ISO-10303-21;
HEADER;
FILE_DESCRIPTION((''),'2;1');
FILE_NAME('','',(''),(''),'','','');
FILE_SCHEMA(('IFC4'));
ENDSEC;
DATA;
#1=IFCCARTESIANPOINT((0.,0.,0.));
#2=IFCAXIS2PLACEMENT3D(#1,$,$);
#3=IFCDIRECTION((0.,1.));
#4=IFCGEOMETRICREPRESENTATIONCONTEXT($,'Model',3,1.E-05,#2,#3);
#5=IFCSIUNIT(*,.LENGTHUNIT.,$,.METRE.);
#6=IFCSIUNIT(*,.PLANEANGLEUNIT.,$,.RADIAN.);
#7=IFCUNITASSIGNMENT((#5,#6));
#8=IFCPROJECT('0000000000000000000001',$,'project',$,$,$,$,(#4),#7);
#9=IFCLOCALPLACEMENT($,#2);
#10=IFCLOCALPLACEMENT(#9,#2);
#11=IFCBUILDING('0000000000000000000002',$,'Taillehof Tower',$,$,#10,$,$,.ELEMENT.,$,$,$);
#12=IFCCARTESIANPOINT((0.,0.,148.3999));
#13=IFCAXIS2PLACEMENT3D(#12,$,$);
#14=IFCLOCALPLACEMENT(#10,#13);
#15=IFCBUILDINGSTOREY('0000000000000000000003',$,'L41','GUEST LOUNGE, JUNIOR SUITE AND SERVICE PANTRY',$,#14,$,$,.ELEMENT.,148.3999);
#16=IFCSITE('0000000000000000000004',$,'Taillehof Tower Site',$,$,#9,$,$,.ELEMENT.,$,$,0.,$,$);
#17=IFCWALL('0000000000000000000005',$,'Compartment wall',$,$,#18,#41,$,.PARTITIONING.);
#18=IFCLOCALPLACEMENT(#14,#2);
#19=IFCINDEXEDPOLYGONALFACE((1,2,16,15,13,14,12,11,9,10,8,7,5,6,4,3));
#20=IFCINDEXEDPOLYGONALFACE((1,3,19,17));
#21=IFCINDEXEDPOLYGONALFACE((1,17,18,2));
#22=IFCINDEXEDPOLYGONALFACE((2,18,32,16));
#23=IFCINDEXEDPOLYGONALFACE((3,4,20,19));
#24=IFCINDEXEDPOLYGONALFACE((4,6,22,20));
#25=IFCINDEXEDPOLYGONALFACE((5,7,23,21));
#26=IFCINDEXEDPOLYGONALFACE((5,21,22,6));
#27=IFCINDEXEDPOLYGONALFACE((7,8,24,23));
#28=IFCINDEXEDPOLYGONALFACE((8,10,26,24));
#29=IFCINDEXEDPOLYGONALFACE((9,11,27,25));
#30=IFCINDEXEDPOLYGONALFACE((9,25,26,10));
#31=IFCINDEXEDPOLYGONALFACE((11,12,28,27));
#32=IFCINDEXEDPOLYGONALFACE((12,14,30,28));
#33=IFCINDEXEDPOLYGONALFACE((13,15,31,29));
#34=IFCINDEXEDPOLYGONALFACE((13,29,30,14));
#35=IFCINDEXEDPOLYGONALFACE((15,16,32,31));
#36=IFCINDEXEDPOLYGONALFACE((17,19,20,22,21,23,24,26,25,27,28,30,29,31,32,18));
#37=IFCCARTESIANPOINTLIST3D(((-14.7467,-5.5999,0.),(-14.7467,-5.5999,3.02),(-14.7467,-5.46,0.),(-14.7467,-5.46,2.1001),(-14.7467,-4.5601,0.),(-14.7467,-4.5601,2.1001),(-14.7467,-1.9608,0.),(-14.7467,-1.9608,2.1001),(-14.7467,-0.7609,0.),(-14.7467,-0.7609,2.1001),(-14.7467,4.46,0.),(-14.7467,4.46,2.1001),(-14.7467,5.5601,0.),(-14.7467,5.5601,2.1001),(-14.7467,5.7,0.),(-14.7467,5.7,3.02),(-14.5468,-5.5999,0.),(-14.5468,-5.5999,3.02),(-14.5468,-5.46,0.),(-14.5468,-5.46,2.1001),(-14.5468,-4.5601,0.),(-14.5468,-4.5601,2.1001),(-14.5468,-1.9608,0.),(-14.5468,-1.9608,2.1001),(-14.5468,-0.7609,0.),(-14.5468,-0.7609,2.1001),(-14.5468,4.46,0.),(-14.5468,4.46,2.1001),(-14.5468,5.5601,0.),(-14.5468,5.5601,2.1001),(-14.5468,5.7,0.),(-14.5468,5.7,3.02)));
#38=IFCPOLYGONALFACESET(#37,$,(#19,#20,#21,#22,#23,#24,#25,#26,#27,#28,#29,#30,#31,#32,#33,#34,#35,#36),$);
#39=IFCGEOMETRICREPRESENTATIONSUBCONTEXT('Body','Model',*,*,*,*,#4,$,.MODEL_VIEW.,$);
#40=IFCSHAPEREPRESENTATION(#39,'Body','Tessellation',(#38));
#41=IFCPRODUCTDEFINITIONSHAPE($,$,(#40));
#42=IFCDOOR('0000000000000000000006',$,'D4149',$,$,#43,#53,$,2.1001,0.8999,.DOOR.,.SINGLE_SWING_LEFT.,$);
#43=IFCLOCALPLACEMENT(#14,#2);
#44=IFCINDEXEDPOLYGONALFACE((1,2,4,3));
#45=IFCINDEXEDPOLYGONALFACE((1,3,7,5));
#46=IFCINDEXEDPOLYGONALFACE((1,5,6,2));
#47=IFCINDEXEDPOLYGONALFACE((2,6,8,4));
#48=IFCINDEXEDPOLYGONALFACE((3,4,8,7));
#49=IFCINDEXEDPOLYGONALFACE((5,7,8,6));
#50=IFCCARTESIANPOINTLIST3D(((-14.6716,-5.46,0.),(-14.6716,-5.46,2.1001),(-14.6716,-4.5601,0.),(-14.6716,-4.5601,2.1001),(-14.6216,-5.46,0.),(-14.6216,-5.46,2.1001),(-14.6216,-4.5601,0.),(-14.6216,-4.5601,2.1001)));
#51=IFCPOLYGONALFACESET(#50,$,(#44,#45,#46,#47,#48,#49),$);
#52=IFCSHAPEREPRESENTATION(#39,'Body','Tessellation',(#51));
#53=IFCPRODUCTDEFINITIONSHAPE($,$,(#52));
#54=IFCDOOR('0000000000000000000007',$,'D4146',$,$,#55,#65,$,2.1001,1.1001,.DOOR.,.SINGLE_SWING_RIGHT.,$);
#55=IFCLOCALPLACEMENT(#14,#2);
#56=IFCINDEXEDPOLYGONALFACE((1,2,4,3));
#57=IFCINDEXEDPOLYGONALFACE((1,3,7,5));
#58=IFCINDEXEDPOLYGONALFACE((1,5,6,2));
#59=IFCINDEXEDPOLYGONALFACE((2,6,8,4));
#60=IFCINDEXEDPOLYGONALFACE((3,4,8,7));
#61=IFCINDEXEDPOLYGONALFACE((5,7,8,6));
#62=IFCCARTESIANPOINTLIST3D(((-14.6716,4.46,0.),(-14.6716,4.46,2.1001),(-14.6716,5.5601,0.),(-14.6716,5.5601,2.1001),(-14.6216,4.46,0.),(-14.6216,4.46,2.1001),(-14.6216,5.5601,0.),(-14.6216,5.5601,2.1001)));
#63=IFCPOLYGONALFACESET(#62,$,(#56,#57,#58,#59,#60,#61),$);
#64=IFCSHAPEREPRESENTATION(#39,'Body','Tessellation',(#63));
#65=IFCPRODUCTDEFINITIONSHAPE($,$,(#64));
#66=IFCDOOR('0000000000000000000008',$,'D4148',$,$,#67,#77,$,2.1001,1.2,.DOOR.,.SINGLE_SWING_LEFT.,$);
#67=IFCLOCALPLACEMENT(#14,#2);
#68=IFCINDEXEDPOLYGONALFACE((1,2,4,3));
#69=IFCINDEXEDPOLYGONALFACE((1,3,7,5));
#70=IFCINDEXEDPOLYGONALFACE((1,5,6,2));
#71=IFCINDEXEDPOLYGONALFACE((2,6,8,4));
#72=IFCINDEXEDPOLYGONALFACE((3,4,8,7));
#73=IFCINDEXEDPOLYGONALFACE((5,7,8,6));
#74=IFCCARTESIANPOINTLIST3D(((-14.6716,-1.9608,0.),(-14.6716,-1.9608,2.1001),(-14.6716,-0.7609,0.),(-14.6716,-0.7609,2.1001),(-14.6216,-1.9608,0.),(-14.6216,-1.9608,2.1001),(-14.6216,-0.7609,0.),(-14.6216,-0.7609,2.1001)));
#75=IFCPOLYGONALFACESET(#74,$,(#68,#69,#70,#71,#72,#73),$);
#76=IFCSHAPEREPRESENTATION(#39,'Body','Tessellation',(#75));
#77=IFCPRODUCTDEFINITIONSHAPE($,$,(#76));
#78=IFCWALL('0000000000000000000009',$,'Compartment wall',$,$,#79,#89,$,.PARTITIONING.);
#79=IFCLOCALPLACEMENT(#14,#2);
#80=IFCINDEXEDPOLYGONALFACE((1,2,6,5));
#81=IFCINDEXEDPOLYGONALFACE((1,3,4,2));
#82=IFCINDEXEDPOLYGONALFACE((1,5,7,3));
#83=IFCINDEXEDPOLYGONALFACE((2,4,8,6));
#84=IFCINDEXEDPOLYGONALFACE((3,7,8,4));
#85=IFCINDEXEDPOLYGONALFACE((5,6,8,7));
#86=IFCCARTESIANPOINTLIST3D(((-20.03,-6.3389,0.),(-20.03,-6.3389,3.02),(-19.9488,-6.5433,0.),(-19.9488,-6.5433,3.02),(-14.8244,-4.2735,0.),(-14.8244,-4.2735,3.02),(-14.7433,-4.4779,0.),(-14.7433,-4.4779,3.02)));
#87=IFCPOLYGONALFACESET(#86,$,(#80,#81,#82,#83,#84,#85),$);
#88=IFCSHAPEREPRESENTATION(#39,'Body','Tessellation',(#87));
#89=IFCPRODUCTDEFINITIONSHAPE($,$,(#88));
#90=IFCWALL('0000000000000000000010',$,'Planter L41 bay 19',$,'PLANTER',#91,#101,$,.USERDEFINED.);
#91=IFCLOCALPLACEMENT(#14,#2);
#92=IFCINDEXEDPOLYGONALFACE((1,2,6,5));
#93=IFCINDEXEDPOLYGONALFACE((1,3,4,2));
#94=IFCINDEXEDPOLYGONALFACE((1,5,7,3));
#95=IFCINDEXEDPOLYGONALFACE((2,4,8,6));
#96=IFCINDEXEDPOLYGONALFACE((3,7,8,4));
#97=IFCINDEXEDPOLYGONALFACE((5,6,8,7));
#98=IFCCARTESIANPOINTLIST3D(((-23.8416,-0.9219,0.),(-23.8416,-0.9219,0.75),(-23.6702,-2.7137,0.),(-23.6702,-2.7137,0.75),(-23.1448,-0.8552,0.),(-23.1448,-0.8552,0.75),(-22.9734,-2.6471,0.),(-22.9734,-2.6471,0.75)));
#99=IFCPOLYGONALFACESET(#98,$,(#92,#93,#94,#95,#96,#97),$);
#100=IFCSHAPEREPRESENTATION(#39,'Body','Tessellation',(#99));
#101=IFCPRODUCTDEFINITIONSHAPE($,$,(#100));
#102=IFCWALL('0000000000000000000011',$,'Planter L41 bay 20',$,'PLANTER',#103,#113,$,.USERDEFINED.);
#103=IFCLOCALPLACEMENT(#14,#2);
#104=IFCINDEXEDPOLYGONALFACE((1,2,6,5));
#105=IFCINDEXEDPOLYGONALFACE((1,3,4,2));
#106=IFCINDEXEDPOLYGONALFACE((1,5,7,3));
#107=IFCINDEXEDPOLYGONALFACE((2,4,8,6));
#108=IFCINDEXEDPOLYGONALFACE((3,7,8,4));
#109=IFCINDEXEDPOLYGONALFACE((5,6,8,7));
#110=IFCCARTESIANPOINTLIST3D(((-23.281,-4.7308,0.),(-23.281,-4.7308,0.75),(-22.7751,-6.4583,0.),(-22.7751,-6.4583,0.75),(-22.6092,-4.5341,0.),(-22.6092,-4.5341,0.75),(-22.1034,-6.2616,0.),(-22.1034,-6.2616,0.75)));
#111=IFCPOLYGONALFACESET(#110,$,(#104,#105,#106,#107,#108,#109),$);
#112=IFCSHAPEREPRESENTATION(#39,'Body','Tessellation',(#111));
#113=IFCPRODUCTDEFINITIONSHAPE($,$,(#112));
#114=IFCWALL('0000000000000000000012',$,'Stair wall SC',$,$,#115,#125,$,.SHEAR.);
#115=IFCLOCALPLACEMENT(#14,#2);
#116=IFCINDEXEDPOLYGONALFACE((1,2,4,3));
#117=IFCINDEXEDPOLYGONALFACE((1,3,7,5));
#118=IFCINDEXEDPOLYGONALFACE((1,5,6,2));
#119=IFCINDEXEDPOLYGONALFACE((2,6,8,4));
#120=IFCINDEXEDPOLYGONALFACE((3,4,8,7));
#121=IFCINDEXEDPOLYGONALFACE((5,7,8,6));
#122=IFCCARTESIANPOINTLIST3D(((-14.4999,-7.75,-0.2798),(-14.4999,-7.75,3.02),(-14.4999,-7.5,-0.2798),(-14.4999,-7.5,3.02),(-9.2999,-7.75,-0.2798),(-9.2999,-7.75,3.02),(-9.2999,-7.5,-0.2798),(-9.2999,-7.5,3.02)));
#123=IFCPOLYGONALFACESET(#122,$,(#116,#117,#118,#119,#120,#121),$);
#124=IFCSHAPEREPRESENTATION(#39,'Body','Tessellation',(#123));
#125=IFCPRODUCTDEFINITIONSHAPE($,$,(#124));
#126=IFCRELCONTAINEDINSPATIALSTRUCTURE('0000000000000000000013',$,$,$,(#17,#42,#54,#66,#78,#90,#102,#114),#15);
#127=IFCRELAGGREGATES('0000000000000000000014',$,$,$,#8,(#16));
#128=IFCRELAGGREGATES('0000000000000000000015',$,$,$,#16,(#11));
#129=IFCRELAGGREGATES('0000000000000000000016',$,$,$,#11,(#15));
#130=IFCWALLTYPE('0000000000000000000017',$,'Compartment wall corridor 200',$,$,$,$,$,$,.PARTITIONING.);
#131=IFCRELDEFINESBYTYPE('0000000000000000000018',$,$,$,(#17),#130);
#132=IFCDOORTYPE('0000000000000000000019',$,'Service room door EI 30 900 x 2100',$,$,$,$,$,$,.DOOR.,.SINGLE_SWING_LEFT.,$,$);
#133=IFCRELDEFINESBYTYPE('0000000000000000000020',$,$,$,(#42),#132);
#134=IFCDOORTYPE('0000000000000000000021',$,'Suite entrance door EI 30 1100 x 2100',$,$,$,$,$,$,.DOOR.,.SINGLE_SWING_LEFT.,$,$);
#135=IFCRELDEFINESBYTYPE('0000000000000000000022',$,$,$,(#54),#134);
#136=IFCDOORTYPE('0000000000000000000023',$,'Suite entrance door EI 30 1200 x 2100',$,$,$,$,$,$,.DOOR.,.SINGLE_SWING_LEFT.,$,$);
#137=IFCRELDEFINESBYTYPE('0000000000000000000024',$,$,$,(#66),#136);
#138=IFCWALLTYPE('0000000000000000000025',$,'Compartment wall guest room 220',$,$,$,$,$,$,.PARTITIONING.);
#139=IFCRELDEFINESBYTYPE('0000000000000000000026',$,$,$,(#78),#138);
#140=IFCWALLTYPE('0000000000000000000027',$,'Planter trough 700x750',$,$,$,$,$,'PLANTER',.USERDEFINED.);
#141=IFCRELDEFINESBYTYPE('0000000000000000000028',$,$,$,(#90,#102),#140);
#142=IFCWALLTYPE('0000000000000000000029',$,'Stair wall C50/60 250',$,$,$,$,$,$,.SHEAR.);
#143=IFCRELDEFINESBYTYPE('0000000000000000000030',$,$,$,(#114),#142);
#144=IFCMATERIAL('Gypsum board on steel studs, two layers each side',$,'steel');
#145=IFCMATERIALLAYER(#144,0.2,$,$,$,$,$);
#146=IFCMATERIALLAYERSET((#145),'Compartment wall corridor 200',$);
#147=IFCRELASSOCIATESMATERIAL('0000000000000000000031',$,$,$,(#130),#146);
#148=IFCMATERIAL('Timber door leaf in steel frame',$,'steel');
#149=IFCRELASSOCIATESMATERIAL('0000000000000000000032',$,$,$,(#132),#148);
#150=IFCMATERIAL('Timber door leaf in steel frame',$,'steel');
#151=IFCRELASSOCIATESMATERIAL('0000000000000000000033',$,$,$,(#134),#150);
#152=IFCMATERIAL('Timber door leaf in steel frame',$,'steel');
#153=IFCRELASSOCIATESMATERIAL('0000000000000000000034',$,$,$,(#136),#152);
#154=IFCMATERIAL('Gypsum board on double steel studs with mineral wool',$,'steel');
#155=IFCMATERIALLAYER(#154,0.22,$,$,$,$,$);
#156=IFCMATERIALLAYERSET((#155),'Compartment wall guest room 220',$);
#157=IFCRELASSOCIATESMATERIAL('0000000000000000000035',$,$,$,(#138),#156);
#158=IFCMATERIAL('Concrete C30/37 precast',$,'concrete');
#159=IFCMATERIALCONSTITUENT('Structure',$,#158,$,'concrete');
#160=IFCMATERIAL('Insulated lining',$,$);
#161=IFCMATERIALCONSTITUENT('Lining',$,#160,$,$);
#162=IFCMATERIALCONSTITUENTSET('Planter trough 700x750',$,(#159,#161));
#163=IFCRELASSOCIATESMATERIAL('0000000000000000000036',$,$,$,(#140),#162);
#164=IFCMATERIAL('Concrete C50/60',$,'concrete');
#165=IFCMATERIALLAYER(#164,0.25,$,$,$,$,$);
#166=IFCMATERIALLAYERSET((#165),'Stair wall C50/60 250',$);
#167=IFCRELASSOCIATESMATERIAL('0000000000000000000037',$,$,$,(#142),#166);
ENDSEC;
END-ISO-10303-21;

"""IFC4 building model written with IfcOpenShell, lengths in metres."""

from ifc_helpers import new_model, si_unit, direction, frame, frame_2d, origin, place, context, subcontext, project, spatial, rectangle, extrude, material, layer, layer_set, constituent, constituent_set, type_object, element, fill, save


model = new_model("IFC4")

# Units and contexts
model_context = context("Model", 3, precision=1e-05, world=origin(), true_north=direction((0.0, 1.0)))
body_context = subcontext(model_context, "Body", "Model", "MODEL_VIEW")
ifc_project = project(units=[si_unit("LENGTHUNIT", "METRE"), si_unit("PLANEANGLEUNIT", "RADIAN")], contexts=[model_context])

# Site, building, storey
site_placement = place(None, origin())
site = spatial("IfcSite", under=ifc_project, at=site_placement, Name="Taillehof Tower Site", CompositionType="ELEMENT", RefElevation=0.0)
building_placement = place(site_placement, origin())
building = spatial("IfcBuilding", under=site, at=building_placement, Name="Taillehof Tower", CompositionType="ELEMENT")
storey_placement = place(building_placement, frame((0.0, 0.0, 148.3999)))
storey = spatial("IfcBuildingStorey", under=building, at=storey_placement, Name="L41", Description="GUEST LOUNGE, JUNIOR SUITE AND SERVICE PANTRY", CompositionType="ELEMENT", Elevation=148.3999)

# Shared definitions
ifc_material_1 = material(Name="Gypsum board on steel studs, two layers each side", Category="steel")
ifc_layer_1 = layer(ifc_material_1, 0.2)
ifc_layer_set_1 = layer_set([ifc_layer_1], Name="Compartment wall corridor 200")
wall_type_1 = type_object("IfcWallType", Name="Compartment wall corridor 200", PredefinedType="PARTITIONING", material=ifc_layer_set_1)

# Wall, openings, doors
wall_1_placement = place(storey_placement, frame((-14.6467, -5.5999, 0.0), z_axis=(0.0, 0.0, 1.0), x_axis=(0.0, 1.0, 0.0)))
wall_1 = element("IfcWall", 1, at=wall_1_placement, inside=storey, type_object=wall_type_1, Name="Compartment wall", PredefinedType="PARTITIONING", context=body_context, shape_type="SweptSolid", body=[
    extrude(rectangle(XDim=11.2998, YDim=0.2, at=frame_2d((5.6499, 0.0))), origin(), (0.0, 0.0, 1.0), 3.02),
])
opening_1_placement = place(wall_1_placement, frame((10.0598, 0.0, 0.0)))
opening_1 = element("IfcOpeningElement", 2, at=opening_1_placement, cuts=wall_1, PredefinedType="OPENING", context=body_context, shape_type="SweptSolid", body=[
    extrude(rectangle(XDim=1.1001, YDim=2.1001, at=frame_2d((0.55, 1.05))), frame((0.0, 0.1099, 0.0), z_axis=(0.0, -1.0, 0.0), x_axis=(1.0, 0.0, 0.0)), (0.0, 0.0, 1.0), 0.22),
])
opening_2_placement = place(wall_1_placement, frame((3.6389, 0.0, 0.0)))
opening_2 = element("IfcOpeningElement", 3, at=opening_2_placement, cuts=wall_1, PredefinedType="OPENING", context=body_context, shape_type="SweptSolid", body=[
    extrude(rectangle(XDim=1.2, YDim=2.1001, at=frame_2d((0.6001, 1.05))), frame((0.0, 0.1099, 0.0), z_axis=(0.0, -1.0, 0.0), x_axis=(1.0, 0.0, 0.0)), (0.0, 0.0, 1.0), 0.22),
])
opening_3_placement = place(wall_1_placement, frame((0.1399, 0.0, 0.0)))
opening_3 = element("IfcOpeningElement", 4, at=opening_3_placement, cuts=wall_1, PredefinedType="OPENING", context=body_context, shape_type="SweptSolid", body=[
    extrude(rectangle(XDim=0.8999, YDim=2.1001, at=frame_2d((0.45, 1.05))), frame((0.0, 0.1099, 0.0), z_axis=(0.0, -1.0, 0.0), x_axis=(1.0, 0.0, 0.0)), (0.0, 0.0, 1.0), 0.22),
])
ifc_material_2 = material(Name="Timber door leaf in steel frame", Category="steel")
door_type_1 = type_object("IfcDoorType", Name="Service room door EI 30 900 x 2100", OperationType="SINGLE_SWING_LEFT", PredefinedType="DOOR", material=ifc_material_2)
door_1_placement = place(opening_3_placement, origin())
door_1 = element("IfcDoor", 5, at=door_1_placement, inside=storey, type_object=door_type_1, Name="D4149", OperationType="SINGLE_SWING_LEFT", OverallHeight=2.1001, OverallWidth=0.8999, PredefinedType="DOOR", context=body_context, shape_type="SweptSolid", body=[
    extrude(rectangle(XDim=0.8999, YDim=2.1001, at=frame_2d((0.45, 1.05))), frame((0.0, 0.0249, 0.0), z_axis=(0.0, -1.0, 0.0), x_axis=(1.0, 0.0, 0.0)), (0.0, 0.0, 1.0), 0.05),
])
fill(opening_3, door_1)
ifc_material_3 = material(Name="Timber door leaf in steel frame", Category="steel")
door_type_2 = type_object("IfcDoorType", Name="Suite entrance door EI 30 1100 x 2100", OperationType="SINGLE_SWING_LEFT", PredefinedType="DOOR", material=ifc_material_3)
door_2_placement = place(opening_1_placement, origin())
door_2 = element("IfcDoor", 6, at=door_2_placement, inside=storey, type_object=door_type_2, Name="D4146", OperationType="SINGLE_SWING_RIGHT", OverallHeight=2.1001, OverallWidth=1.1001, PredefinedType="DOOR", context=body_context, shape_type="SweptSolid", body=[
    extrude(rectangle(XDim=1.1001, YDim=2.1001, at=frame_2d((0.55, 1.05))), frame((0.0, 0.0249, 0.0), z_axis=(0.0, -1.0, 0.0), x_axis=(1.0, 0.0, 0.0)), (0.0, 0.0, 1.0), 0.05),
])
fill(opening_1, door_2)
ifc_material_4 = material(Name="Timber door leaf in steel frame", Category="steel")
door_type_3 = type_object("IfcDoorType", Name="Suite entrance door EI 30 1200 x 2100", OperationType="SINGLE_SWING_LEFT", PredefinedType="DOOR", material=ifc_material_4)
door_3_placement = place(opening_2_placement, origin())
door_3 = element("IfcDoor", 7, at=door_3_placement, inside=storey, type_object=door_type_3, Name="D4148", OperationType="SINGLE_SWING_LEFT", OverallHeight=2.1001, OverallWidth=1.2, PredefinedType="DOOR", context=body_context, shape_type="SweptSolid", body=[
    extrude(rectangle(XDim=1.2, YDim=2.1001, at=frame_2d((0.6001, 1.05))), frame((0.0, 0.0249, 0.0), z_axis=(0.0, -1.0, 0.0), x_axis=(1.0, 0.0, 0.0)), (0.0, 0.0, 1.0), 0.05),
])
fill(opening_2, door_3)

# Walls
ifc_material_5 = material(Name="Gypsum board on double steel studs with mineral wool", Category="steel")
ifc_layer_2 = layer(ifc_material_5, 0.22)
ifc_layer_set_2 = layer_set([ifc_layer_2], Name="Compartment wall guest room 220")
wall_type_2 = type_object("IfcWallType", Name="Compartment wall guest room 220", PredefinedType="PARTITIONING", material=ifc_layer_set_2)
wall_2_placement = place(storey_placement, frame((-19.9895, -6.4412, 0.0), z_axis=(0.0, 0.0, 1.0), x_axis=(0.929507, 0.368804, 0.0)))
element("IfcWall", 8, at=wall_2_placement, inside=storey, type_object=wall_type_2, Name="Compartment wall", PredefinedType="PARTITIONING", context=body_context, shape_type="SweptSolid", body=[
    extrude(rectangle(XDim=5.6003, YDim=0.22, at=frame_2d((2.8003, 0.0))), origin(), (0.0, 0.0, 1.0), 3.02),
])
ifc_material_6 = material(Name="Concrete C30/37 precast", Category="concrete")
ifc_constituent_1 = constituent(ifc_material_6, Name="Structure", Category="concrete")
ifc_material_7 = material(Name="Insulated lining")
ifc_constituent_2 = constituent(ifc_material_7, Name="Lining")
ifc_constituent_set = constituent_set(constituents=[ifc_constituent_1, ifc_constituent_2], Name="Planter trough 700x750")
wall_type_3 = type_object("IfcWallType", Name="Planter trough 700x750", ElementType="PLANTER", PredefinedType="USERDEFINED", material=ifc_constituent_set)
for number, where, z_axis, x_axis, name in (
    (9, (-23.4932, -0.8887, 0.0), (0.0, 0.0, 1.0), (0.095206, -0.995458, 0.0), "Planter L41 bay 19"),
    (10, (-22.9451, -4.6326, 0.0), (0.0, 0.0, 1.0), (0.281021, -0.959702, 0.0), "Planter L41 bay 20"),
):
    element("IfcWall", number, at=place(storey_placement, frame(where, z_axis=z_axis, x_axis=x_axis)), inside=storey, type_object=wall_type_3, Name=name, ObjectType="PLANTER", PredefinedType="USERDEFINED", context=body_context, shape_type="SweptSolid", body=[
        extrude(rectangle(XDim=1.8, YDim=0.7, at=frame_2d((0.8999, 0.0))), origin(), (0.0, 0.0, 1.0), 0.75),
    ])
ifc_material_8 = material(Name="Concrete C50/60", Category="concrete")
ifc_layer_3 = layer(ifc_material_8, 0.25)
ifc_layer_set_3 = layer_set([ifc_layer_3], Name="Stair wall C50/60 250")
wall_type_4 = type_object("IfcWallType", Name="Stair wall C50/60 250", PredefinedType="SHEAR", material=ifc_layer_set_3)
wall_3_placement = place(storey_placement, frame((-14.5, -7.625, -0.2798), z_axis=(0.0, 0.0, 1.0), x_axis=(1.0, 0.0, 0.0)))
element("IfcWall", 11, at=wall_3_placement, inside=storey, type_object=wall_type_4, Name="Stair wall SC", PredefinedType="SHEAR", context=body_context, shape_type="SweptSolid", body=[
    extrude(rectangle(XDim=5.2, YDim=0.25, at=frame_2d((2.6001, 0.0))), origin(), (0.0, 0.0, 1.0), 3.2998),
])

save(model, "model.ifc")
